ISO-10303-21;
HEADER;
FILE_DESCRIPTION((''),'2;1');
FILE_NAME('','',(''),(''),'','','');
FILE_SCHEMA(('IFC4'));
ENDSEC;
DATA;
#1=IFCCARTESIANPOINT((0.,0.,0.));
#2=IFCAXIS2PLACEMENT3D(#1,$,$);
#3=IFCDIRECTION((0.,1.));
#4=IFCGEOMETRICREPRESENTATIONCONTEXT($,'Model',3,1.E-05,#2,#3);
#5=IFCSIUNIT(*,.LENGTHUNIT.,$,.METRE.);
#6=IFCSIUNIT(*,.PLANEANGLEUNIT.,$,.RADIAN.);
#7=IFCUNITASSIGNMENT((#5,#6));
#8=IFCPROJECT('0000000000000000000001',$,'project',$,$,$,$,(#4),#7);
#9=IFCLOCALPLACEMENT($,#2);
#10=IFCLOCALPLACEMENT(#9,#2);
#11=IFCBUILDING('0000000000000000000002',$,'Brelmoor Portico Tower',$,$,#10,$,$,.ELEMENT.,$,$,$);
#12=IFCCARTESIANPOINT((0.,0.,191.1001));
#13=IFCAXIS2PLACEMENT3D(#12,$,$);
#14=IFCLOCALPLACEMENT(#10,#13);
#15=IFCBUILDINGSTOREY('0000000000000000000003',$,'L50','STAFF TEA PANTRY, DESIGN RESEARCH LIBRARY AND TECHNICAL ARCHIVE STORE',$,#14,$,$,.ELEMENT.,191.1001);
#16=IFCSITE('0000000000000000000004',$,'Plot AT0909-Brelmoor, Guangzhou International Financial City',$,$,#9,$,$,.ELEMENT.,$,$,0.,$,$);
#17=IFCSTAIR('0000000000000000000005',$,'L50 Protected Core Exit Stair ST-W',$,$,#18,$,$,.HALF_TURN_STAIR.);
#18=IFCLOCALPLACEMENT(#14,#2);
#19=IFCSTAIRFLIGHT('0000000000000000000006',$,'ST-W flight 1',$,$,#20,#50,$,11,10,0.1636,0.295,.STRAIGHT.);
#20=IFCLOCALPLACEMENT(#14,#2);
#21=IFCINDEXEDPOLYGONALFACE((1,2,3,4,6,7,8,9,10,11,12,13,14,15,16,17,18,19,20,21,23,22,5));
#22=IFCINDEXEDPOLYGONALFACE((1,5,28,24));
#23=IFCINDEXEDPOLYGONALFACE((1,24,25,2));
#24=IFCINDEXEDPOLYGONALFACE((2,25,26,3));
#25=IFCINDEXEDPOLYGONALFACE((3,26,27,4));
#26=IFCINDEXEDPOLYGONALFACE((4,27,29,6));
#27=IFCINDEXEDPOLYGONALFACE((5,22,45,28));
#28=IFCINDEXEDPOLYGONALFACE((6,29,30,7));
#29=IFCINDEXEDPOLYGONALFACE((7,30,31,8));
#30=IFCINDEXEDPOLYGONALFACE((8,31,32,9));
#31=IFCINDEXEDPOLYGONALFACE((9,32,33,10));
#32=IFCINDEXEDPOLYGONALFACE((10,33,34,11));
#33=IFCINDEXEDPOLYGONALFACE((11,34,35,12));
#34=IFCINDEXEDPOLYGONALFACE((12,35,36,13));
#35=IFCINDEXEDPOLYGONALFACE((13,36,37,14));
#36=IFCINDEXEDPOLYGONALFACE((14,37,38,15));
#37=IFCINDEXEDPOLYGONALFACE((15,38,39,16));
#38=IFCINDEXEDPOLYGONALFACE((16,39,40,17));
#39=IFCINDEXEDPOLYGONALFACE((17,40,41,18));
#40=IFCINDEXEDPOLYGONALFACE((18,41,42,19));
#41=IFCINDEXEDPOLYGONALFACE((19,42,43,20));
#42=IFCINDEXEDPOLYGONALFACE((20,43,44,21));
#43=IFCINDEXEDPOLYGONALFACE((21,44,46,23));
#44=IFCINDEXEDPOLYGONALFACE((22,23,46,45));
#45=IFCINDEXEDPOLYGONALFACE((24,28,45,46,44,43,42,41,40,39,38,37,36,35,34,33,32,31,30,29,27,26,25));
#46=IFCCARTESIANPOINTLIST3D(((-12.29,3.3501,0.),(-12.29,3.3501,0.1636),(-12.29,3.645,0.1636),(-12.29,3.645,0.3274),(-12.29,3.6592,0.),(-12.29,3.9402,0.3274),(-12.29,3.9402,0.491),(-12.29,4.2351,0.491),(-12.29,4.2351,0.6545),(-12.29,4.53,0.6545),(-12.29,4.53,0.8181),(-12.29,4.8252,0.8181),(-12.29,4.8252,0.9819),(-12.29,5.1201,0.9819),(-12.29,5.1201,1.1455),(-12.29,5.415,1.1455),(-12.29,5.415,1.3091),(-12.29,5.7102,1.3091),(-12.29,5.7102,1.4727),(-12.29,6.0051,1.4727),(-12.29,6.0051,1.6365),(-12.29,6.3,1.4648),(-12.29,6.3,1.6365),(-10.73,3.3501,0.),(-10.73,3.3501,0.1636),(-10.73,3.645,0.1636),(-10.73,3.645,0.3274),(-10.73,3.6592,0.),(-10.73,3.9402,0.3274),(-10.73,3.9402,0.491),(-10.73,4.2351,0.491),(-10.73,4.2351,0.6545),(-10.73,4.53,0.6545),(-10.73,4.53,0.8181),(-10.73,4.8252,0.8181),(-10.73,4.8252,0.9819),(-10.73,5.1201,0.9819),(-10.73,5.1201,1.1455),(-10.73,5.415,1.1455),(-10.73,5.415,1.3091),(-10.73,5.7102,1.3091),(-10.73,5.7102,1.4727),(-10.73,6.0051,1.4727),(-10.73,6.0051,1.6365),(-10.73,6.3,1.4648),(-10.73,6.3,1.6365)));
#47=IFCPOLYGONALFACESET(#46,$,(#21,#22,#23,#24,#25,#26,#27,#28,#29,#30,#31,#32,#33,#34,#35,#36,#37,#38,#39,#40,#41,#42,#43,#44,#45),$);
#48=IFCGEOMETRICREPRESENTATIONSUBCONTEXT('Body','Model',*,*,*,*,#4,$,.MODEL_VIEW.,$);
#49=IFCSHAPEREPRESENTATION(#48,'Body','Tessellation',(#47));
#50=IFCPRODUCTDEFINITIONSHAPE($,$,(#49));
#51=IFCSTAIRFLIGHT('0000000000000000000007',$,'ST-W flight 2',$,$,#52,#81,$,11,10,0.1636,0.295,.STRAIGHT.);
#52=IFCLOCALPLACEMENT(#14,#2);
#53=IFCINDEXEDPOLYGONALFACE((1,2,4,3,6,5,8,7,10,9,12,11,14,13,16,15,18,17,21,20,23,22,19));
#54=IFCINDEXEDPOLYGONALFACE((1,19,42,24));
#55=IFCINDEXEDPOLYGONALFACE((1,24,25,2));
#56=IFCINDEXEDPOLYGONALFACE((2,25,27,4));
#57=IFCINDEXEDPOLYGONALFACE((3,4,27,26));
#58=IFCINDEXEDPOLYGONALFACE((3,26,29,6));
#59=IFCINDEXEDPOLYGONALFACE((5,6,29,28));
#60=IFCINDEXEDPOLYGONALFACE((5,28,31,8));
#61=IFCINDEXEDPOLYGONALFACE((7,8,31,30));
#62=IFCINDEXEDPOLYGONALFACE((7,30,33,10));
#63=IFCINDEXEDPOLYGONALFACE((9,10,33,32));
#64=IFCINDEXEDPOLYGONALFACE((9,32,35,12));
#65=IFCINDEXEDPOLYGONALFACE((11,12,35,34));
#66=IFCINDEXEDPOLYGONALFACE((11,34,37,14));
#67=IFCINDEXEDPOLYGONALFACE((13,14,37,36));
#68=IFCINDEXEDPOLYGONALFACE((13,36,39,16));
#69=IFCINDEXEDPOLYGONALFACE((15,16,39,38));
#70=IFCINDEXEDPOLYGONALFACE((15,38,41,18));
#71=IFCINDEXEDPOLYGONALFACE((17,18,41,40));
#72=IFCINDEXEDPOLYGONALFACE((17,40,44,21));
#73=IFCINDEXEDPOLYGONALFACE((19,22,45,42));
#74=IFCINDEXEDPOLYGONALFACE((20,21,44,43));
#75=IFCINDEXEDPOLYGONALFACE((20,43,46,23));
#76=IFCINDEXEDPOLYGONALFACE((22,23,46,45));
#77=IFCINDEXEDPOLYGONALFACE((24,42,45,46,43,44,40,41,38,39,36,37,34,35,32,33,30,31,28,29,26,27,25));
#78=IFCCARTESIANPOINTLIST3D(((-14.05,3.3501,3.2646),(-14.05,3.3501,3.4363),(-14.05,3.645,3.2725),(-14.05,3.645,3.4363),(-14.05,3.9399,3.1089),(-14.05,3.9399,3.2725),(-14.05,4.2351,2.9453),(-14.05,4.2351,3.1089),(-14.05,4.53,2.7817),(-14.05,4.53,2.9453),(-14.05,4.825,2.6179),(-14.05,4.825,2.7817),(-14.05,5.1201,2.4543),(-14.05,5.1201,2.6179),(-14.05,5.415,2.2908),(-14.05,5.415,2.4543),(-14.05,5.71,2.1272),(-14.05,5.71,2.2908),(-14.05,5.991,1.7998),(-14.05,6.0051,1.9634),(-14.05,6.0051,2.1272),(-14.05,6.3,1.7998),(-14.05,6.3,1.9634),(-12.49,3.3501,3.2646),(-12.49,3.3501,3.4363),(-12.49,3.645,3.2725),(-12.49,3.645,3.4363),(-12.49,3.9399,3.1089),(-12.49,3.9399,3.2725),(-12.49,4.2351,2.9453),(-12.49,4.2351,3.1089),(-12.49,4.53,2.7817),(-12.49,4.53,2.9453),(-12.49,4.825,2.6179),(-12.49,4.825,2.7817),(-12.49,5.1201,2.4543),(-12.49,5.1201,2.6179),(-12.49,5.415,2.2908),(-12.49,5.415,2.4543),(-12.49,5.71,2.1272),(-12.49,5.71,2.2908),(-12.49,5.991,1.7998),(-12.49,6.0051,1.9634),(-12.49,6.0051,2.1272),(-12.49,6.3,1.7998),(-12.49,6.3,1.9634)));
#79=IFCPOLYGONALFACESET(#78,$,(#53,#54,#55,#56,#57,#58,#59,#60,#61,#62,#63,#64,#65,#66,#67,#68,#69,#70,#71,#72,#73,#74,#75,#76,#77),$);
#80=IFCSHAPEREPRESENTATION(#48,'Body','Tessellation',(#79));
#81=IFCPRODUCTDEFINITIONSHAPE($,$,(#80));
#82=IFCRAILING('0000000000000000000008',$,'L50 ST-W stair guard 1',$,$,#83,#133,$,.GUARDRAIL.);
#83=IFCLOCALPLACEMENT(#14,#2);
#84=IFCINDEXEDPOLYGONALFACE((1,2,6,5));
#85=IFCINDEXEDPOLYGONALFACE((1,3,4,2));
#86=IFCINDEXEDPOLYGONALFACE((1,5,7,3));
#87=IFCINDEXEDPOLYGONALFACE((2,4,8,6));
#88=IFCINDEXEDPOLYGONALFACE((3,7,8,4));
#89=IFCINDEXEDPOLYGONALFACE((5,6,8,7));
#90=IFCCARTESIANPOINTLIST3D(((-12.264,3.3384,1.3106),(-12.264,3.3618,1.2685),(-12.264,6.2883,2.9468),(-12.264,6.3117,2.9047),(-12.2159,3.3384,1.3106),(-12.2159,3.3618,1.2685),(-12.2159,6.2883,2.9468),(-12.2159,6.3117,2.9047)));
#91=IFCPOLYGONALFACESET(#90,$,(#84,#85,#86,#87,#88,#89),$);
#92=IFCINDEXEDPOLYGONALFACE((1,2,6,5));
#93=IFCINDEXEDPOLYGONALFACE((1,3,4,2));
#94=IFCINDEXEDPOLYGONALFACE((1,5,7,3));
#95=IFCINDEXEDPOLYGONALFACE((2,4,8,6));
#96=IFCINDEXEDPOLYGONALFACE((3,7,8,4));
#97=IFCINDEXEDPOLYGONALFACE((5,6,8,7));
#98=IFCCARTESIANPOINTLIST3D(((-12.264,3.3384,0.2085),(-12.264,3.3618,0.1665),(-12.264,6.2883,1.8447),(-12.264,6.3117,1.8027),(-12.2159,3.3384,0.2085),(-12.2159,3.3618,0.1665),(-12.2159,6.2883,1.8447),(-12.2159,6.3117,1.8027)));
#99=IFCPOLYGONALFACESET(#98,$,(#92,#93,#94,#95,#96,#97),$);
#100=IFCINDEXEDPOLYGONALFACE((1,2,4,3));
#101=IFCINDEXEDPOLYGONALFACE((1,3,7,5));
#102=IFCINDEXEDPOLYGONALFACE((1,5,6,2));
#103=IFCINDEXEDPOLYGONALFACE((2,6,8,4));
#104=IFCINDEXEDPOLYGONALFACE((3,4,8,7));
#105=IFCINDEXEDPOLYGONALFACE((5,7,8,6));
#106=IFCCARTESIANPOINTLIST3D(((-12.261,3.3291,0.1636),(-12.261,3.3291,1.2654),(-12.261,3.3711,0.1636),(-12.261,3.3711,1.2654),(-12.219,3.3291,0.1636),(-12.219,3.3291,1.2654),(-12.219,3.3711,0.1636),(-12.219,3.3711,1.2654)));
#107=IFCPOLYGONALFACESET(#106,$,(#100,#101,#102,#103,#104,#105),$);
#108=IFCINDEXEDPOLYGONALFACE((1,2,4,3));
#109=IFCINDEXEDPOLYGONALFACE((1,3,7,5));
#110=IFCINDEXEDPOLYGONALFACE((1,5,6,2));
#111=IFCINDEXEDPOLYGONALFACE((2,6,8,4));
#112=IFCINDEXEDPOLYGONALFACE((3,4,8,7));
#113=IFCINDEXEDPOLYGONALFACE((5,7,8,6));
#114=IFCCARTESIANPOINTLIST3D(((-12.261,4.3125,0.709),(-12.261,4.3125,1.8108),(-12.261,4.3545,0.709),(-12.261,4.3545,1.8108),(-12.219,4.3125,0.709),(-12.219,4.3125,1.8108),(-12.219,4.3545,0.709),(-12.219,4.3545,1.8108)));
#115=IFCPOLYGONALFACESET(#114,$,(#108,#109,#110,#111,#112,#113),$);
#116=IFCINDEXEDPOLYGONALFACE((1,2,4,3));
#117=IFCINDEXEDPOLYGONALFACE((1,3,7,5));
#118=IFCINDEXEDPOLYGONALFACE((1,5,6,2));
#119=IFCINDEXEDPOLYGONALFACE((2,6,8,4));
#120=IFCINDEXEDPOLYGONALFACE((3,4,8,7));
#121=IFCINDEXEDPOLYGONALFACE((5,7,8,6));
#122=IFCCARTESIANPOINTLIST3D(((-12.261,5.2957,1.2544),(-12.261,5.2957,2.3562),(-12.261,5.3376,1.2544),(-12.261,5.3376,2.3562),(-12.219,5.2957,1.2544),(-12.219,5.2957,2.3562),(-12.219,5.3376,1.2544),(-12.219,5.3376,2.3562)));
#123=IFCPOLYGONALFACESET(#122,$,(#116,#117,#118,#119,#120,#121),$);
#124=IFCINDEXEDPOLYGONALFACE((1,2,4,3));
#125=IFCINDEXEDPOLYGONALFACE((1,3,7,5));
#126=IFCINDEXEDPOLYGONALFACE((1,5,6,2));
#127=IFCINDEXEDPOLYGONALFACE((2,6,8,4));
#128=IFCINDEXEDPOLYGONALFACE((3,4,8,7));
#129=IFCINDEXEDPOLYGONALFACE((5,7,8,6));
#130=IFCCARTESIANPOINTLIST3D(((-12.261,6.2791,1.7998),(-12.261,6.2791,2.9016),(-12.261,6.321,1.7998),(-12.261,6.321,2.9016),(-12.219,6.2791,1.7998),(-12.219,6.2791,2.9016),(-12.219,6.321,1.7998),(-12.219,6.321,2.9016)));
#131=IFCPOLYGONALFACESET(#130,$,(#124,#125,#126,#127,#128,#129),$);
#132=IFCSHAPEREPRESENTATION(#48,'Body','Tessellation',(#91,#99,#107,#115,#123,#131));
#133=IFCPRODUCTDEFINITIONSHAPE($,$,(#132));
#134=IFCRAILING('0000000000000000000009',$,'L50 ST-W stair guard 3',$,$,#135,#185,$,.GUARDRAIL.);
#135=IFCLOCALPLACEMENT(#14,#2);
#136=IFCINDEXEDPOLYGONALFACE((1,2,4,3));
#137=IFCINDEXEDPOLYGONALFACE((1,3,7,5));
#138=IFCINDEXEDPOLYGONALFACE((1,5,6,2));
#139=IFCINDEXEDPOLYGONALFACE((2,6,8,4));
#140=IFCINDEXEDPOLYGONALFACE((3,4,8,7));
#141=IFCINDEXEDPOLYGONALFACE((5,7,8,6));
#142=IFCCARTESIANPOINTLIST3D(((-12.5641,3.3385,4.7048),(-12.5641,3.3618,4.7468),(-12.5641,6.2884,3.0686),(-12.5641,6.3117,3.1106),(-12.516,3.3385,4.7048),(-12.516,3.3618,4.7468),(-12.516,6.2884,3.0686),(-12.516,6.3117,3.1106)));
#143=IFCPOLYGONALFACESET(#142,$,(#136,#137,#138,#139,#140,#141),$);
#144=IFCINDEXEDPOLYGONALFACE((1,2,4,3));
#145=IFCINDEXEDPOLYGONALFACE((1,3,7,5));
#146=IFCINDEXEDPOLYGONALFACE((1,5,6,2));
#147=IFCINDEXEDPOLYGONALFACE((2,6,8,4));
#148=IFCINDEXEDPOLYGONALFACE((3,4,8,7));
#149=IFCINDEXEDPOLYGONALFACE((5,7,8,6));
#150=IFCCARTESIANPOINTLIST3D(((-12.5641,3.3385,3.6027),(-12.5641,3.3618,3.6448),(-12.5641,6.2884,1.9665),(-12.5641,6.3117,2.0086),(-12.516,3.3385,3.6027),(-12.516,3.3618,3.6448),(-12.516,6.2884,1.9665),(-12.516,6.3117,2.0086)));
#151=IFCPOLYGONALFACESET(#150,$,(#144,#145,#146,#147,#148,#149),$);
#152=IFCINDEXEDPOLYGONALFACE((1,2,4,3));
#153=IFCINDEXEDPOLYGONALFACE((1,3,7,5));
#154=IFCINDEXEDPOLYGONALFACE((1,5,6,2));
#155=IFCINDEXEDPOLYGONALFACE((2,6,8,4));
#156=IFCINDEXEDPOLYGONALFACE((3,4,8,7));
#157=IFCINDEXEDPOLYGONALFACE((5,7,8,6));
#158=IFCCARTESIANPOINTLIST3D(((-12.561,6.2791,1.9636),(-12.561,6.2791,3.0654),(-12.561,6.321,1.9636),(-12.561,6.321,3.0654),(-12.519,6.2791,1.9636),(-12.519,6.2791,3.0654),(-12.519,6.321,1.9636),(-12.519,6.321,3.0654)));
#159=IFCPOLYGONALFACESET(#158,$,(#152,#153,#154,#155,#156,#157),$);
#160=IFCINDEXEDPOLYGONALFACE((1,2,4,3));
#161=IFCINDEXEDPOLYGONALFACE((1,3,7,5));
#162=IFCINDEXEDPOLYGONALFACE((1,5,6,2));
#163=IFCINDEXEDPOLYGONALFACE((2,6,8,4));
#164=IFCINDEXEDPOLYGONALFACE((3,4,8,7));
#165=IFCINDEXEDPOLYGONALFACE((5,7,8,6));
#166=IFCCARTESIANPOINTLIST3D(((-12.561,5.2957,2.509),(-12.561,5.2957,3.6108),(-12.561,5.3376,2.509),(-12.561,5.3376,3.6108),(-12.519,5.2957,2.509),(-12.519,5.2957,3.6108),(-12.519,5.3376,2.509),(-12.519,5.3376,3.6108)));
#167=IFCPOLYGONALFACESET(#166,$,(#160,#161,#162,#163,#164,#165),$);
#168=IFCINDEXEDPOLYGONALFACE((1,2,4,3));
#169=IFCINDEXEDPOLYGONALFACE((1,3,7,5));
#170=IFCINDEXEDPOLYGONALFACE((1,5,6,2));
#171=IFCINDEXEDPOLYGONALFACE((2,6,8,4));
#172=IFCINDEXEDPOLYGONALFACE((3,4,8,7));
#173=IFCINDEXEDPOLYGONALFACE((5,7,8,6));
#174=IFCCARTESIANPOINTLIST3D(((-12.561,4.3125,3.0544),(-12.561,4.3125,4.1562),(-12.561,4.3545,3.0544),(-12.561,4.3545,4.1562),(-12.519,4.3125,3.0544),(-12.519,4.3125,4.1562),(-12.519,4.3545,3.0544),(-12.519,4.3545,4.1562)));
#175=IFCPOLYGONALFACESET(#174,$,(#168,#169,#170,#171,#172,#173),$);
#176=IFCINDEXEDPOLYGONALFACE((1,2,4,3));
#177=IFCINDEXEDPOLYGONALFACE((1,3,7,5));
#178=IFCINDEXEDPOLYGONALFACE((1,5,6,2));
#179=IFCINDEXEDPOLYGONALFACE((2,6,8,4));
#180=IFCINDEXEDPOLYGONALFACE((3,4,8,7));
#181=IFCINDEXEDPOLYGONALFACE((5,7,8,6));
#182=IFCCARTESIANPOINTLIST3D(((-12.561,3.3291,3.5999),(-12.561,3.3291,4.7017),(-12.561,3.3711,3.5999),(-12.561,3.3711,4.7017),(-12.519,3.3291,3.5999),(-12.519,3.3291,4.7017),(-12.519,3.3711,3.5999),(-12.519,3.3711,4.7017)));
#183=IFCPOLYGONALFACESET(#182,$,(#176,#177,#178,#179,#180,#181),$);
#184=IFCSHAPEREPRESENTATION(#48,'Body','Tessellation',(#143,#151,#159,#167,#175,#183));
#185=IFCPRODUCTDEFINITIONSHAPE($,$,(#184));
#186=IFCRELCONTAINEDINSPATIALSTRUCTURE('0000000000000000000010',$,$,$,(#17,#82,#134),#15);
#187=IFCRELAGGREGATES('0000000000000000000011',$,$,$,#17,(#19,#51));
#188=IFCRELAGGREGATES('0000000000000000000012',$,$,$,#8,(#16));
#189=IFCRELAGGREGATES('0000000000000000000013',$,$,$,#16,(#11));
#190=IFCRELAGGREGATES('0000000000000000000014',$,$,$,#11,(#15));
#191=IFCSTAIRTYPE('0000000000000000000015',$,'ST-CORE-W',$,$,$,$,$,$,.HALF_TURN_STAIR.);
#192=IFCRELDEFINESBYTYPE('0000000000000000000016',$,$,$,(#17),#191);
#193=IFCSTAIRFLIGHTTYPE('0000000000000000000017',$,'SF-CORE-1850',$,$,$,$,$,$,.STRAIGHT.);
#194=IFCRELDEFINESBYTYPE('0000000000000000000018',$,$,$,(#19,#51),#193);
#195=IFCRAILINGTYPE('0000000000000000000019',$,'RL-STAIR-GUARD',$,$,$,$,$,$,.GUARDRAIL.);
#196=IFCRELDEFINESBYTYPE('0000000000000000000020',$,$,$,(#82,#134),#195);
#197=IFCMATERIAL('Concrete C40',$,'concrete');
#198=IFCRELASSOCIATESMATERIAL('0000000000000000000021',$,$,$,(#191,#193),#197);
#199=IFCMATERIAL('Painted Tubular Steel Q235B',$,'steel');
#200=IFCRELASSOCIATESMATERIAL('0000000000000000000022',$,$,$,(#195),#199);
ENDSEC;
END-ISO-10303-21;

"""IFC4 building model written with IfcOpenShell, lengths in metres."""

from ifc_helpers import new_model, si_unit, direction, frame, origin, origin_2d, place, context, subcontext, project, spatial, polyline, rectangle, outline, extrude, material, type_object, element, aggregate, save


model = new_model("IFC4")

# Units and contexts
model_context = context("Model", 3, precision=1e-05, world=origin(), true_north=direction((0.0, 1.0)))
body_context = subcontext(model_context, "Body", "Model", "MODEL_VIEW")
ifc_project = project(units=[si_unit("LENGTHUNIT", "METRE"), si_unit("PLANEANGLEUNIT", "RADIAN")], contexts=[model_context])

# Site, building, storey
site_placement = place(None, origin())
site = spatial("IfcSite", under=ifc_project, at=site_placement, Name="Plot AT0909-Brelmoor, Guangzhou International Financial City", CompositionType="ELEMENT", RefElevation=0.0)
building_placement = place(site_placement, origin())
building = spatial("IfcBuilding", under=site, at=building_placement, Name="Brelmoor Portico Tower", CompositionType="ELEMENT")
storey_placement = place(building_placement, frame((0.0, 0.0, 191.1001)))
storey = spatial("IfcBuildingStorey", under=building, at=storey_placement, Name="L50", Description="STAFF TEA PANTRY, DESIGN RESEARCH LIBRARY AND TECHNICAL ARCHIVE STORE", CompositionType="ELEMENT", Elevation=191.1001)

# Shared definitions
ifc_material_1 = material(Name="Concrete C40", Category="concrete")

# Stair, stair flights
stair_type = type_object("IfcStairType", Name="ST-CORE-W", PredefinedType="HALF_TURN_STAIR", material=ifc_material_1)
stair_placement = place(storey_placement, origin())
stair = element("IfcStair", 1, at=stair_placement, inside=storey, type_object=stair_type, Name="L50 Protected Core Exit Stair ST-W", PredefinedType="HALF_TURN_STAIR")
stair_flight_type = type_object("IfcStairFlightType", Name="SF-CORE-1850", PredefinedType="STRAIGHT", material=ifc_material_1)
stair_flight_1_placement = place(storey_placement, frame((-11.51, 3.3501, 0.0), z_axis=(0.0, 0.0, 1.0), x_axis=(0.0, 1.0, 0.0)))
stair_flight_1 = element("IfcStairFlight", 2, at=stair_flight_1_placement, type_object=stair_flight_type, Name="ST-W flight 1", NumberOfRisers=11, NumberOfTreads=10, PredefinedType="STRAIGHT", RiserHeight=0.1636, TreadLength=0.295, context=body_context, shape_type="SweptSolid", body=[
    extrude(outline(polyline([(0.0, 0.0), (0.0, 0.1636), (0.2949, 0.1636), (0.2949, 0.3274), (0.5901, 0.3274), (0.5901, 0.491), (0.885, 0.491), (0.885, 0.6545), (1.1799, 0.6545), (1.1799, 0.8181), (1.4751, 0.8181), (1.4751, 0.9819), (1.77, 0.9819), (1.77, 1.1455), (2.0649, 1.1455), (2.0649, 1.3091), (2.3601, 1.3091), (2.3601, 1.4727), (2.655, 1.4727), (2.655, 1.6365), (2.95, 1.6365), (2.95, 1.8), (2.95, 1.4648), (0.3091, 0.0), (0.0, 0.0)])), frame((0.0, 0.78, 0.0), z_axis=(0.0, -1.0, 0.0), x_axis=(1.0, 0.0, 0.0)), (0.0, 0.0, 1.0), 1.5601),
])
stair_flight_2_placement = place(storey_placement, frame((-13.27, 6.3, 1.7998), z_axis=(0.0, 0.0, 1.0), x_axis=(0.0, -1.0, 0.0)))
stair_flight_2 = element("IfcStairFlight", 3, at=stair_flight_2_placement, type_object=stair_flight_type, Name="ST-W flight 2", NumberOfRisers=11, NumberOfTreads=10, PredefinedType="STRAIGHT", RiserHeight=0.1636, TreadLength=0.295, context=body_context, shape_type="SweptSolid", body=[
    extrude(outline(polyline([(0.0, 0.0), (0.0, 0.1636), (0.2949, 0.1636), (0.2949, 0.3274), (0.5901, 0.3274), (0.5901, 0.491), (0.885, 0.491), (0.885, 0.6545), (1.1799, 0.6545), (1.1799, 0.8181), (1.4751, 0.8181), (1.4751, 0.9819), (1.77, 0.9819), (1.77, 1.1455), (2.0649, 1.1455), (2.0649, 1.3091), (2.3601, 1.3091), (2.3601, 1.4727), (2.655, 1.4727), (2.655, 1.6365), (2.95, 1.6365), (2.95, 1.8), (2.95, 1.4648), (0.3091, 0.0), (0.0, 0.0)])), frame((0.0, 0.78, 0.0), z_axis=(0.0, -1.0, 0.0), x_axis=(1.0, 0.0, 0.0)), (0.0, 0.0, 1.0), 1.5601),
])
aggregate(stair, [stair_flight_1, stair_flight_2])

# Railings
ifc_material_2 = material(Name="Painted Tubular Steel Q235B", Category="steel")
railing_type_1 = type_object("IfcRailingType", Name="RL-STAIR-GUARD", PredefinedType="GUARDRAIL", material=ifc_material_2)
railing_1_placement = place(storey_placement, frame((-12.24, 3.3501, 0.1636)))
element("IfcRailing", 4, at=railing_1_placement, inside=storey, type_object=railing_type_1, Name="L50 ST-W stair guard 1", PredefinedType="GUARDRAIL", context=body_context, shape_type="SweptSolid", body=[
    extrude(rectangle(XDim=0.0481, YDim=0.0481, at=origin_2d()), frame((0.0, 0.0, 1.126), z_axis=(0.0, 0.874488, 0.485047), x_axis=(-1.0, 0.0, 0.0)), (0.0, 0.0, 1.0), 3.3733),
    extrude(rectangle(XDim=0.0481, YDim=0.0481, at=origin_2d()), frame((0.0, 0.0, 0.0239), z_axis=(0.0, 0.874488, 0.485047), x_axis=(-1.0, 0.0, 0.0)), (0.0, 0.0, 1.0), 3.3733),
    extrude(rectangle(XDim=0.042, YDim=0.042, at=origin_2d()), origin(), (0.0, 0.0, 1.0), 1.1018),
    extrude(rectangle(XDim=0.042, YDim=0.042, at=origin_2d()), frame((0.0, 0.9834, 0.5454)), (0.0, 0.0, 1.0), 1.1018),
    extrude(rectangle(XDim=0.042, YDim=0.042, at=origin_2d()), frame((0.0, 1.9666, 1.0908)), (0.0, 0.0, 1.0), 1.1018),
    extrude(rectangle(XDim=0.042, YDim=0.042, at=origin_2d()), frame((0.0, 2.95, 1.6362)), (0.0, 0.0, 1.0), 1.1018),
])
railing_2_placement = place(storey_placement, frame((-12.54, 6.3, 1.9636)))
element("IfcRailing", 5, at=railing_2_placement, inside=storey, type_object=railing_type_1, Name="L50 ST-W stair guard 3", PredefinedType="GUARDRAIL", context=body_context, shape_type="SweptSolid", body=[
    extrude(rectangle(XDim=0.0481, YDim=0.0481, at=origin_2d()), frame((0.0, 0.0, 1.126), z_axis=(0.0, -0.874488, 0.485047), x_axis=(1.0, 0.0, 0.0)), (0.0, 0.0, 1.0), 3.3733),
    extrude(rectangle(XDim=0.0481, YDim=0.0481, at=origin_2d()), frame((0.0, 0.0, 0.0239), z_axis=(0.0, -0.874488, 0.485047), x_axis=(1.0, 0.0, 0.0)), (0.0, 0.0, 1.0), 3.3733),
    extrude(rectangle(XDim=0.042, YDim=0.042, at=origin_2d()), origin(), (0.0, 0.0, 1.0), 1.1018),
    extrude(rectangle(XDim=0.042, YDim=0.042, at=origin_2d()), frame((0.0, -0.9834, 0.5454)), (0.0, 0.0, 1.0), 1.1018),
    extrude(rectangle(XDim=0.042, YDim=0.042, at=origin_2d()), frame((0.0, -1.9666, 1.0908)), (0.0, 0.0, 1.0), 1.1018),
    extrude(rectangle(XDim=0.042, YDim=0.042, at=origin_2d()), frame((0.0, -2.95, 1.6362)), (0.0, 0.0, 1.0), 1.1018),
])

save(model, "model.ifc")
